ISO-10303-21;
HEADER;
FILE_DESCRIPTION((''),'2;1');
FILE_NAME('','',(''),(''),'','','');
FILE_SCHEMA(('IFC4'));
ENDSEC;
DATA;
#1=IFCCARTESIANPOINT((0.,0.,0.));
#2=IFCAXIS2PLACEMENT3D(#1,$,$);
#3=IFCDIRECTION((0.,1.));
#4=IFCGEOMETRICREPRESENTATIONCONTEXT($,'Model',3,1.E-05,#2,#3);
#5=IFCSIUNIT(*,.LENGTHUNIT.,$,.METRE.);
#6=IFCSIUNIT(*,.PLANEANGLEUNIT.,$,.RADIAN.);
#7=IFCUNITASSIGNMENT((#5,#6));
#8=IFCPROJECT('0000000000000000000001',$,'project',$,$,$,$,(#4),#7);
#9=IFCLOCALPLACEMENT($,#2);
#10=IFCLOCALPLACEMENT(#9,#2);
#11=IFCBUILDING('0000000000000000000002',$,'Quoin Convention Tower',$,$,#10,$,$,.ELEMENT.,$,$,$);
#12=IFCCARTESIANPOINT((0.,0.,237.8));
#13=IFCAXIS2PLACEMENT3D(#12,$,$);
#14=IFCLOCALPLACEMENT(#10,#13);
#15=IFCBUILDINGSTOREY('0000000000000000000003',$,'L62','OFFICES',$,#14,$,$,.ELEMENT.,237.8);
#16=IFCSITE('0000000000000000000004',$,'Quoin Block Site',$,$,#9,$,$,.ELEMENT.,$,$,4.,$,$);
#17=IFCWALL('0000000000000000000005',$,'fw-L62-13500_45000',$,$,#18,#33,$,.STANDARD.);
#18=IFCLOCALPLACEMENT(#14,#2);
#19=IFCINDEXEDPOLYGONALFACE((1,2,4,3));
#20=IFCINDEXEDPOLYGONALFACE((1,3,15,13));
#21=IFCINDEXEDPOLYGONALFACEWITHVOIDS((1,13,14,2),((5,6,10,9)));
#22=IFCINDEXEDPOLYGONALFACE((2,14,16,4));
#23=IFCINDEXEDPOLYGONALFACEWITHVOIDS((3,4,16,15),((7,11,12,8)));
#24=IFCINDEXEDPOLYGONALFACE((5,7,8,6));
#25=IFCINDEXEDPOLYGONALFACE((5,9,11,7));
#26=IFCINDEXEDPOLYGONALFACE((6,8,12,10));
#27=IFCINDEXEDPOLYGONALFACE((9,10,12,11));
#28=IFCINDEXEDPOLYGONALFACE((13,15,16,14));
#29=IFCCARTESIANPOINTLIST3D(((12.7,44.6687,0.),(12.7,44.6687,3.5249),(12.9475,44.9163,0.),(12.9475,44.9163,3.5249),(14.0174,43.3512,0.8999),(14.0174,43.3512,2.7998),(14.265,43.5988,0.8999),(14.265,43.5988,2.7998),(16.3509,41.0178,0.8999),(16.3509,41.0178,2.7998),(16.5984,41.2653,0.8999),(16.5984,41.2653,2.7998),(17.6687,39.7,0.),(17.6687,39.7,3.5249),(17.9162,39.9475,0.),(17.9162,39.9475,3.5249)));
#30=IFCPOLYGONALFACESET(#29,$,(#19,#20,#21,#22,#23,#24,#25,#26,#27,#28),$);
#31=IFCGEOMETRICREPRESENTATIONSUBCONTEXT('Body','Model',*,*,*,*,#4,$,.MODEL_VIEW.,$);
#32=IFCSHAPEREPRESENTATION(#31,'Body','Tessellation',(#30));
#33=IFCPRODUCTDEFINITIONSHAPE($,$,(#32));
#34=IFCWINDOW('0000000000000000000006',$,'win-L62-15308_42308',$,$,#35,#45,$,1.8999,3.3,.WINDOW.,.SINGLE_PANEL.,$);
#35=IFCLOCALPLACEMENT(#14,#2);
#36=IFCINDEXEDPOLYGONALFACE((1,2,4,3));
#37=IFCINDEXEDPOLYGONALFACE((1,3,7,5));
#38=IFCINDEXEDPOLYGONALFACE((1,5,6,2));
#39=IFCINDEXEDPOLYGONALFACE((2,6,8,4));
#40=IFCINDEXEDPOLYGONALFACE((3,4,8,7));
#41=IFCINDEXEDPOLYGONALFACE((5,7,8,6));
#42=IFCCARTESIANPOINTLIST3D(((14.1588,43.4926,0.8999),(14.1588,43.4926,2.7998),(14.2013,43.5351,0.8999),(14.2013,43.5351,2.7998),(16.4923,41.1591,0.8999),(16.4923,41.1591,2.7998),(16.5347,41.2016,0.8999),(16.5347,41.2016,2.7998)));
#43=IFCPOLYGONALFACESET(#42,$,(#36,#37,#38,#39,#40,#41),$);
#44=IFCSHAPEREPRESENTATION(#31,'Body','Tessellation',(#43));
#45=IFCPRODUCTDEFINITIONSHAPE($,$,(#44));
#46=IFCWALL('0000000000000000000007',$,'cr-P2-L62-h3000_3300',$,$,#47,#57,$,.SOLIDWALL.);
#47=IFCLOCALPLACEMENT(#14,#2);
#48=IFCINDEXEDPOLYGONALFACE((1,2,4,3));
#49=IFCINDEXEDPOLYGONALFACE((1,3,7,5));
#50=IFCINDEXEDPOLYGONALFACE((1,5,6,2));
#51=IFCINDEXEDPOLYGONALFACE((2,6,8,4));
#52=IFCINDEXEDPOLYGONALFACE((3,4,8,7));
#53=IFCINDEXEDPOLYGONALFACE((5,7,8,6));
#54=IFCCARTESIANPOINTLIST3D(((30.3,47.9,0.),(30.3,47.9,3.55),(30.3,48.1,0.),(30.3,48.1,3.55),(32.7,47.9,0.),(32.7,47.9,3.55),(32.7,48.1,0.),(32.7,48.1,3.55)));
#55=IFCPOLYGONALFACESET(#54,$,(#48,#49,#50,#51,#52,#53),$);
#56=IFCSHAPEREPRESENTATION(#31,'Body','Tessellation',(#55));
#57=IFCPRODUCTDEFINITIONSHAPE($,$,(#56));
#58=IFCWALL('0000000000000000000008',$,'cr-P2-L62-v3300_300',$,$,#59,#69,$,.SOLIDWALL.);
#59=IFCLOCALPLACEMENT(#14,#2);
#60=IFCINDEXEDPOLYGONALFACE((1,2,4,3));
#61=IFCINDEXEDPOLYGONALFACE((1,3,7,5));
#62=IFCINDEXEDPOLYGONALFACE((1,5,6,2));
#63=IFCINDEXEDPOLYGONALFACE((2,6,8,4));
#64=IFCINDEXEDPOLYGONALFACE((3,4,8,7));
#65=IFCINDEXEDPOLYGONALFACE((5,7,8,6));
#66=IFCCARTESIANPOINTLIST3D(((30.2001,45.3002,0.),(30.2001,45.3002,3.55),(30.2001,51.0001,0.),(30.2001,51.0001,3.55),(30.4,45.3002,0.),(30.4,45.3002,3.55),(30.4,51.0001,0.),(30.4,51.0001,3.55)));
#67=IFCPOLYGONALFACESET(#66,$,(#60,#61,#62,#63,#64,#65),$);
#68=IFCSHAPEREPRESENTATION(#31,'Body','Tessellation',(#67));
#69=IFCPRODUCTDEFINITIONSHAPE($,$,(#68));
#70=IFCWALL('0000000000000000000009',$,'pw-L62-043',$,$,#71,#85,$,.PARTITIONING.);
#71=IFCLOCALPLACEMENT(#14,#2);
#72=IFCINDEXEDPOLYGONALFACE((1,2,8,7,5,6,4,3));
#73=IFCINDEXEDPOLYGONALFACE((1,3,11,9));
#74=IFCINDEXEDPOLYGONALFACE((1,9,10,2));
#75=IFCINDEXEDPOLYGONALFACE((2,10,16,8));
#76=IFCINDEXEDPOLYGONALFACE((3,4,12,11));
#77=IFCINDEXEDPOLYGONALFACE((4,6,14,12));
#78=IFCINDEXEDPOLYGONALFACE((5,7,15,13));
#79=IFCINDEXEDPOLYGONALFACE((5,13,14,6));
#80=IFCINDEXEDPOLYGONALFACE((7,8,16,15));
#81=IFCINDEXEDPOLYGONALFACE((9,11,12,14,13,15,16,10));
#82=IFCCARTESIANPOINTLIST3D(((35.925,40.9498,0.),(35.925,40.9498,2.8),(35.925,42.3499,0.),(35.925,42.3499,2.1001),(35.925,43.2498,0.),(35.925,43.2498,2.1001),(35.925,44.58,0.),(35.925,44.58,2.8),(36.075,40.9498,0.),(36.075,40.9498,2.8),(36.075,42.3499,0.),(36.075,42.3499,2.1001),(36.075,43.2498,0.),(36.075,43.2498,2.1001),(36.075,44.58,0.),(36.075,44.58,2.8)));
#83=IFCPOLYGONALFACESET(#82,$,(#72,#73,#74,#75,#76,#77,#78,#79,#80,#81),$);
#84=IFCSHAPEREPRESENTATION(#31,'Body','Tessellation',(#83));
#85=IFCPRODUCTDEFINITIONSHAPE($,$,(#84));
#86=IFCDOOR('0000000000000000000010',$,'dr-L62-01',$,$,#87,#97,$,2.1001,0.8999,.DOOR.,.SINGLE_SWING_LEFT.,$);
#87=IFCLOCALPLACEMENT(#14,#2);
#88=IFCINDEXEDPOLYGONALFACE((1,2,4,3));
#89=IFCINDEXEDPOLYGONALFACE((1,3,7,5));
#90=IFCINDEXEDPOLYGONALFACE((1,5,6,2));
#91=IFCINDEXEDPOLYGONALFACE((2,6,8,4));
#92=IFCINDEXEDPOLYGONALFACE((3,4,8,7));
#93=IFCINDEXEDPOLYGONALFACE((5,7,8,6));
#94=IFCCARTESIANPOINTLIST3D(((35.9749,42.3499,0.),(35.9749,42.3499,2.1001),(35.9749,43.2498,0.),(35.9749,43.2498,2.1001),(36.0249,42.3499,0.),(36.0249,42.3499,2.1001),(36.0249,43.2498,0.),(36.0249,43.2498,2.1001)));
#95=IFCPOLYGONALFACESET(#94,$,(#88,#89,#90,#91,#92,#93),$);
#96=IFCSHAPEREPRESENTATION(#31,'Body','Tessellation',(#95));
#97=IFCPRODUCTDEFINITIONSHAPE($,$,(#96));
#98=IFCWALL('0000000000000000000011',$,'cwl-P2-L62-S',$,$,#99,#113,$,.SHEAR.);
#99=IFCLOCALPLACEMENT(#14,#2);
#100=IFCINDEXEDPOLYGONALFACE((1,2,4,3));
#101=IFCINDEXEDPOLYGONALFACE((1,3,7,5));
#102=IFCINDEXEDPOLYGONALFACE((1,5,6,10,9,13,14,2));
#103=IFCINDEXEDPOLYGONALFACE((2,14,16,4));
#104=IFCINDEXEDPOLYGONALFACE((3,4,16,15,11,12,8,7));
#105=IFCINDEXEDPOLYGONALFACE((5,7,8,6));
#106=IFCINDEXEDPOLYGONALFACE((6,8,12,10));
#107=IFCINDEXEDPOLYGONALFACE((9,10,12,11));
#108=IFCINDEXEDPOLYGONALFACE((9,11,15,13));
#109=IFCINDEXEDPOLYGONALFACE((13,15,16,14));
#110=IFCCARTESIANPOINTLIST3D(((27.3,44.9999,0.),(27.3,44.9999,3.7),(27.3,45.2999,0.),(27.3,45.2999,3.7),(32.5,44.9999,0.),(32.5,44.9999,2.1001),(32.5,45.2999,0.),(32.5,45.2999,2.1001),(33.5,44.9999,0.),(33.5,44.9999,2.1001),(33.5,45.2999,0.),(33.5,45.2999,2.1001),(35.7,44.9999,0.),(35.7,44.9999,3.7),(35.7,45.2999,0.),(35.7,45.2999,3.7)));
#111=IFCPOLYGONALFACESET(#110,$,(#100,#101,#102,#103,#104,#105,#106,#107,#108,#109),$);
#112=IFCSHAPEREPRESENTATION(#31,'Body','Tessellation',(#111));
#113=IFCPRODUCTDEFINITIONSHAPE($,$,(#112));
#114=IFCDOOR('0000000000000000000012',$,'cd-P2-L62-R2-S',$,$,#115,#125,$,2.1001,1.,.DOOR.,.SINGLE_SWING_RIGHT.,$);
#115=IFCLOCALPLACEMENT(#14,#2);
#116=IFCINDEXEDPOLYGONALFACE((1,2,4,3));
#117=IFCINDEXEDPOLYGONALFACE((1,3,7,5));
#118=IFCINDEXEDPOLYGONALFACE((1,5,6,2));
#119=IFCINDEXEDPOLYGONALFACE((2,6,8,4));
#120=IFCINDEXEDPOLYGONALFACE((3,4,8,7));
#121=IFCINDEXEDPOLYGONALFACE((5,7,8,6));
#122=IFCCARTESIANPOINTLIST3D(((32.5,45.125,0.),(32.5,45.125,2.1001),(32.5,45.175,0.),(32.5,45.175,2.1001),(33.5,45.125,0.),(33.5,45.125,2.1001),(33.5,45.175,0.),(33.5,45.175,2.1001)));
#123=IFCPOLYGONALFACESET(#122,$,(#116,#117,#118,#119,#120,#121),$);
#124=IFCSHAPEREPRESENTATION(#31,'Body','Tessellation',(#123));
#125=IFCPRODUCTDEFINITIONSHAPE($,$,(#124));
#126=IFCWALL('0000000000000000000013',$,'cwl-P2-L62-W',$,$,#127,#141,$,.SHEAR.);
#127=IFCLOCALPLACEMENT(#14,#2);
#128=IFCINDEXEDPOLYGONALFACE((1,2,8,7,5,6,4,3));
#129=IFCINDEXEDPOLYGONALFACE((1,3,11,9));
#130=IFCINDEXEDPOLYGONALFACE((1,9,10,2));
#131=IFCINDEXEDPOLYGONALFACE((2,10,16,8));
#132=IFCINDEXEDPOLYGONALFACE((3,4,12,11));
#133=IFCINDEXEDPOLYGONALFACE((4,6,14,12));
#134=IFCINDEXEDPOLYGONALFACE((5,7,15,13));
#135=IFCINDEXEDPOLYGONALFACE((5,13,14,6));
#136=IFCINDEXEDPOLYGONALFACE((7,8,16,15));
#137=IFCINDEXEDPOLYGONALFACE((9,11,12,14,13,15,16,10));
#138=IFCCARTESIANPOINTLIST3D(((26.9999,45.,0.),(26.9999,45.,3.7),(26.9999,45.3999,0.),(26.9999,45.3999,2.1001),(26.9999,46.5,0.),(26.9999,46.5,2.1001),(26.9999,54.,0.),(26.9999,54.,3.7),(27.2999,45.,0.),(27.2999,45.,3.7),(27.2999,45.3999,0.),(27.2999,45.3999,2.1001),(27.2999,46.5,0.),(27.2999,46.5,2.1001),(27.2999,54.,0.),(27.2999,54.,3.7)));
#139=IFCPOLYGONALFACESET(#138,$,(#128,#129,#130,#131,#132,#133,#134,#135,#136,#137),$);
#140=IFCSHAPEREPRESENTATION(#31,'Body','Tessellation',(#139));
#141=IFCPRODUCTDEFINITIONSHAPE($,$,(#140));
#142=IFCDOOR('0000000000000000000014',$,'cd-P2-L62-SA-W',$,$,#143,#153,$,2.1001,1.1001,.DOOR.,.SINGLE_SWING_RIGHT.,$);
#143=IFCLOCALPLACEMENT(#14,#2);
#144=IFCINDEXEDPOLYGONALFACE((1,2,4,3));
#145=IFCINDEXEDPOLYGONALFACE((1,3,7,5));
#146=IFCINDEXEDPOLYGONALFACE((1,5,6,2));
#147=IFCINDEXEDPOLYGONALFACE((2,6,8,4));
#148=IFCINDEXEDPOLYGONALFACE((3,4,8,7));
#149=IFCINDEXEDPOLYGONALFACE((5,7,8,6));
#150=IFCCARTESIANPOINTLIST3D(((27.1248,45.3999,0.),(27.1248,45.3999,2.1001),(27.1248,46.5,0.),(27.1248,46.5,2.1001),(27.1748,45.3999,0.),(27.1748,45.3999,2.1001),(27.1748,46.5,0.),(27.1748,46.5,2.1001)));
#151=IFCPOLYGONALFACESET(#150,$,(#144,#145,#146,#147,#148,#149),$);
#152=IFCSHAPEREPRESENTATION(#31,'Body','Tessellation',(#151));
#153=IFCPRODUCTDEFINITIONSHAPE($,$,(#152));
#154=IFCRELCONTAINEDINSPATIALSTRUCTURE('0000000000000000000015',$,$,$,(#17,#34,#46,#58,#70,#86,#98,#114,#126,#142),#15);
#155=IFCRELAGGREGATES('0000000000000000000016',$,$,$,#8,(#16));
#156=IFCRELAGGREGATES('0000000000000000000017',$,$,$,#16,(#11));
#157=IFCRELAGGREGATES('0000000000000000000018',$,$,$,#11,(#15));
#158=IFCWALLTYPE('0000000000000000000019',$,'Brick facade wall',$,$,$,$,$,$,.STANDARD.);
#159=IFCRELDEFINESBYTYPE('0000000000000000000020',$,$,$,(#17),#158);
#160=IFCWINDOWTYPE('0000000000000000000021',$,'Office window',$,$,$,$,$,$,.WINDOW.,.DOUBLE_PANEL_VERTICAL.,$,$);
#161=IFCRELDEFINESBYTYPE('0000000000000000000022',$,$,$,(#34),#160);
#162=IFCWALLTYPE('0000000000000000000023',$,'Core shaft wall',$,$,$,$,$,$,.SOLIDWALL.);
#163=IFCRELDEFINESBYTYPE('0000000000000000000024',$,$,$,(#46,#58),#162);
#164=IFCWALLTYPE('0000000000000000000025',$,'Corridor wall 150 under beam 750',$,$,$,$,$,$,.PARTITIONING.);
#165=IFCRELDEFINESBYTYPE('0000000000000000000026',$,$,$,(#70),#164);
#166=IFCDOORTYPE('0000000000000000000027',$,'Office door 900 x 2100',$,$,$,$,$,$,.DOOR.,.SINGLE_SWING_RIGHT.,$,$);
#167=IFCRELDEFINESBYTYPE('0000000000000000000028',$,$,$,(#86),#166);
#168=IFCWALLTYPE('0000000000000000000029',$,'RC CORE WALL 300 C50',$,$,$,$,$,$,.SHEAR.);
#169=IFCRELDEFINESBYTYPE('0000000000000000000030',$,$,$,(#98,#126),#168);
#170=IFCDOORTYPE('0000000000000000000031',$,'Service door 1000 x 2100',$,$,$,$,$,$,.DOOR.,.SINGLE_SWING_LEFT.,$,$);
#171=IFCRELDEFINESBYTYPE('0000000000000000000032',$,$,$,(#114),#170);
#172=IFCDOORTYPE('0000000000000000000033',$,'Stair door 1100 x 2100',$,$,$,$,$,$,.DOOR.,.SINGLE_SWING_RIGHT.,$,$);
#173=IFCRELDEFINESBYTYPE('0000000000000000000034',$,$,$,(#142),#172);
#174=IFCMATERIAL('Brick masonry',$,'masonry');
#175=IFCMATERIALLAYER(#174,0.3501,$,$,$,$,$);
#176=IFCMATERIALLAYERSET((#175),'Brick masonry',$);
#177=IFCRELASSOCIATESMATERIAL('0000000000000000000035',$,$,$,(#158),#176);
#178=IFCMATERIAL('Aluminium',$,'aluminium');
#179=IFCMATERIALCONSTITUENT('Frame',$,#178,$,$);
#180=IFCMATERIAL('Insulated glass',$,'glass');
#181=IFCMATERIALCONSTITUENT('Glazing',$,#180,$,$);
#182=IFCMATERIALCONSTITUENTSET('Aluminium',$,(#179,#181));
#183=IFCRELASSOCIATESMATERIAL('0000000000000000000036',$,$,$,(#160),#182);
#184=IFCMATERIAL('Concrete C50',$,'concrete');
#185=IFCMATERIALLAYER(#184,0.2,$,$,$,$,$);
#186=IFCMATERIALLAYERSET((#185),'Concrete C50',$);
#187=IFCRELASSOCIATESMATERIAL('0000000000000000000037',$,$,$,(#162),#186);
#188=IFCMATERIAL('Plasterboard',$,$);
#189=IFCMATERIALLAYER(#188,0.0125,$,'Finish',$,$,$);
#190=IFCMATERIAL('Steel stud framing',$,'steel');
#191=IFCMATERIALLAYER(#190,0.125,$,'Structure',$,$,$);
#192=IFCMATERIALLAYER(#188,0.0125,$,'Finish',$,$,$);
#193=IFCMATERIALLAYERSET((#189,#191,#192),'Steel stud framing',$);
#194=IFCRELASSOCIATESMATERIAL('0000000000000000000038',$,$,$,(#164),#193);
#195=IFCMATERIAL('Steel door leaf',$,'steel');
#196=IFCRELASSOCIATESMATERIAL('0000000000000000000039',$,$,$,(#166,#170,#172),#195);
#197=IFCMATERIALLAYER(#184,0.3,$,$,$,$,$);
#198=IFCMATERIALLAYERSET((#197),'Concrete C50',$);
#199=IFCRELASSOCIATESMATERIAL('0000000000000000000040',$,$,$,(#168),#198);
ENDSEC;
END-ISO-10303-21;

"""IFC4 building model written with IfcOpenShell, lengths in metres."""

from ifc_helpers import new_model, si_unit, direction, frame, frame_2d, origin, place, context, subcontext, project, spatial, rectangle, extrude, material, layer, layer_set, constituent, constituent_set, type_object, element, fill, save


model = new_model("IFC4")

# Units and contexts
model_context = context("Model", 3, precision=1e-05, world=origin(), true_north=direction((0.0, 1.0)))
body_context = subcontext(model_context, "Body", "Model", "MODEL_VIEW")
ifc_project = project(units=[si_unit("LENGTHUNIT", "METRE"), si_unit("PLANEANGLEUNIT", "RADIAN")], contexts=[model_context])

# Site, building, storey
site_placement = place(None, origin())
site = spatial("IfcSite", under=ifc_project, at=site_placement, Name="Quoin Block Site", CompositionType="ELEMENT", RefElevation=4.0)
building_placement = place(site_placement, origin())
building = spatial("IfcBuilding", under=site, at=building_placement, Name="Quoin Convention Tower", CompositionType="ELEMENT")
storey_placement = place(building_placement, frame((0.0, 0.0, 237.8)))
storey = spatial("IfcBuildingStorey", under=building, at=storey_placement, Name="L62", Description="OFFICES", CompositionType="ELEMENT", Elevation=237.8)

# Shared definitions
ifc_material_1 = material(Name="Concrete C50", Category="concrete")

# Wall, opening, window
ifc_material_2 = material(Name="Brick masonry", Category="masonry")
ifc_layer_1 = layer(ifc_material_2, 0.3501)
ifc_layer_set_1 = layer_set([ifc_layer_1], Name="Brick masonry")
wall_type_1 = type_object("IfcWallType", Name="Brick facade wall", PredefinedType="STANDARD", material=ifc_layer_set_1)
wall_1_placement = place(storey_placement, frame((12.8237, 44.7925, 0.0), z_axis=(0.0, 0.0, 1.0), x_axis=(0.707107, -0.707107, 0.0)))
wall_1 = element("IfcWall", 1, at=wall_1_placement, inside=storey, type_object=wall_type_1, Name="fw-L62-13500_45000", PredefinedType="STANDARD", context=body_context, shape_type="SweptSolid", body=[
    extrude(rectangle(XDim=7.0269, YDim=0.3501, at=frame_2d((3.5134, 0.0))), origin(), (0.0, 0.0, 1.0), 3.5249),
])
opening_1_placement = place(wall_1_placement, frame((1.8633, 0.0, 0.8999)))
opening_1 = element("IfcOpeningElement", 2, at=opening_1_placement, cuts=wall_1, PredefinedType="OPENING", context=body_context, shape_type="SweptSolid", body=[
    extrude(rectangle(XDim=3.3, YDim=1.8999, at=frame_2d((1.6499, 0.95))), frame((0.0, 0.1851, 0.0), z_axis=(0.0, -1.0, 0.0), x_axis=(1.0, 0.0, 0.0)), (0.0, 0.0, 1.0), 0.3701),
])
ifc_material_3 = material(Name="Aluminium", Category="aluminium")
ifc_constituent_1 = constituent(ifc_material_3, Name="Frame")
ifc_material_4 = material(Name="Insulated glass", Category="glass")
ifc_constituent_2 = constituent(ifc_material_4, Name="Glazing")
ifc_constituent_set = constituent_set(constituents=[ifc_constituent_1, ifc_constituent_2], Name="Aluminium")
window_type = type_object("IfcWindowType", Name="Office window", PartitioningType="DOUBLE_PANEL_VERTICAL", PredefinedType="WINDOW", material=ifc_constituent_set)
window_placement = place(opening_1_placement, origin())
window = element("IfcWindow", 3, at=window_placement, inside=storey, type_object=window_type, Name="win-L62-15308_42308", OverallHeight=1.8999, OverallWidth=3.3, PartitioningType="SINGLE_PANEL", PredefinedType="WINDOW", context=body_context, shape_type="SweptSolid", body=[
    extrude(rectangle(XDim=3.3, YDim=1.8999, at=frame_2d((1.6499, 0.95))), frame((0.0, 0.085, 0.0), z_axis=(0.0, -1.0, 0.0), x_axis=(1.0, 0.0, 0.0)), (0.0, 0.0, 1.0), 0.0601),
])
fill(opening_1, window)

# Walls
ifc_layer_2 = layer(ifc_material_1, 0.2)
ifc_layer_set_2 = layer_set([ifc_layer_2], Name="Concrete C50")
wall_type_2 = type_object("IfcWallType", Name="Core shaft wall", PredefinedType="SOLIDWALL", material=ifc_layer_set_2)
wall_2_placement = place(storey_placement, frame((30.3, 48.0, 0.0), z_axis=(0.0, 0.0, 1.0), x_axis=(1.0, 0.0, 0.0)))
element("IfcWall", 4, at=wall_2_placement, inside=storey, type_object=wall_type_2, Name="cr-P2-L62-h3000_3300", PredefinedType="SOLIDWALL", context=body_context, shape_type="SweptSolid", body=[
    extrude(rectangle(XDim=2.3999, YDim=0.2, at=frame_2d((1.2, 0.0))), origin(), (0.0, 0.0, 1.0), 3.55),
])
wall_3_placement = place(storey_placement, frame((30.3, 45.3, 0.0), z_axis=(0.0, 0.0, 1.0), x_axis=(0.0, 1.0, 0.0)))
element("IfcWall", 5, at=wall_3_placement, inside=storey, type_object=wall_type_2, Name="cr-P2-L62-v3300_300", PredefinedType="SOLIDWALL", context=body_context, shape_type="SweptSolid", body=[
    extrude(rectangle(XDim=5.7, YDim=0.2, at=frame_2d((2.8501, 0.0))), origin(), (0.0, 0.0, 1.0), 3.55),
])

# Walls, openings, doors
ifc_material_5 = material(Name="Plasterboard")
ifc_layer_3 = layer(ifc_material_5, 0.0125, Name="Finish")
ifc_material_6 = material(Name="Steel stud framing", Category="steel")
ifc_layer_4 = layer(ifc_material_6, 0.125, Name="Structure")
ifc_layer_5 = layer(ifc_material_5, 0.0125, Name="Finish")
ifc_layer_set_3 = layer_set([ifc_layer_3, ifc_layer_4, ifc_layer_5], Name="Steel stud framing")
wall_type_3 = type_object("IfcWallType", Name="Corridor wall 150 under beam 750", PredefinedType="PARTITIONING", material=ifc_layer_set_3)
wall_4_placement = place(storey_placement, frame((36.0, 40.95, 0.0), z_axis=(0.0, 0.0, 1.0), x_axis=(0.0, 1.0, 0.0)))
wall_4 = element("IfcWall", 6, at=wall_4_placement, inside=storey, type_object=wall_type_3, Name="pw-L62-043", PredefinedType="PARTITIONING", context=body_context, shape_type="SweptSolid", body=[
    extrude(rectangle(XDim=3.6301, YDim=0.1499, at=frame_2d((1.8149, 0.0))), origin(), (0.0, 0.0, 1.0), 2.8),
])
opening_2_placement = place(wall_4_placement, frame((1.3999, 0.0, 0.0)))
opening_2 = element("IfcOpeningElement", 7, at=opening_2_placement, cuts=wall_4, PredefinedType="OPENING", context=body_context, shape_type="SweptSolid", body=[
    extrude(rectangle(XDim=0.8999, YDim=2.1001, at=frame_2d((0.45, 1.05))), frame((0.0, 0.085, 0.0), z_axis=(0.0, -1.0, 0.0), x_axis=(1.0, 0.0, 0.0)), (0.0, 0.0, 1.0), 0.1699),
])
ifc_material_7 = material(Name="Steel door leaf", Category="steel")
door_type_1 = type_object("IfcDoorType", Name="Office door 900 x 2100", OperationType="SINGLE_SWING_RIGHT", PredefinedType="DOOR", material=ifc_material_7)
door_1_placement = place(opening_2_placement, frame((0.8999, 0.0, 0.0), z_axis=(0.0, 0.0, 1.0), x_axis=(-1.0, 0.0, 0.0)))
door_1 = element("IfcDoor", 8, at=door_1_placement, inside=storey, type_object=door_type_1, Name="dr-L62-01", OperationType="SINGLE_SWING_LEFT", OverallHeight=2.1001, OverallWidth=0.8999, PredefinedType="DOOR", context=body_context, shape_type="SweptSolid", body=[
    extrude(rectangle(XDim=0.8999, YDim=2.1001, at=frame_2d((0.45, 1.05))), frame((0.0, 0.0249, 0.0), z_axis=(0.0, -1.0, 0.0), x_axis=(1.0, 0.0, 0.0)), (0.0, 0.0, 1.0), 0.05),
])
fill(opening_2, door_1)
ifc_layer_6 = layer(ifc_material_1, 0.3)
ifc_layer_set_4 = layer_set([ifc_layer_6], Name="Concrete C50")
wall_type_4 = type_object("IfcWallType", Name="RC CORE WALL 300 C50", PredefinedType="SHEAR", material=ifc_layer_set_4)
wall_5_placement = place(storey_placement, frame((27.3, 45.1499, 0.0), z_axis=(0.0, 0.0, 1.0), x_axis=(1.0, 0.0, 0.0)))
wall_5 = element("IfcWall", 9, at=wall_5_placement, inside=storey, type_object=wall_type_4, Name="cwl-P2-L62-S", PredefinedType="SHEAR", context=body_context, shape_type="SweptSolid", body=[
    extrude(rectangle(XDim=8.3999, YDim=0.3, at=frame_2d((4.2, 0.0))), origin(), (0.0, 0.0, 1.0), 3.7),
])
opening_3_placement = place(wall_5_placement, frame((5.2, 0.0, 0.0)))
opening_3 = element("IfcOpeningElement", 10, at=opening_3_placement, cuts=wall_5, PredefinedType="OPENING", context=body_context, shape_type="SweptSolid", body=[
    extrude(rectangle(XDim=1.0, YDim=2.1001, at=frame_2d((0.5, 1.05))), frame((0.0, 0.1599, 0.0), z_axis=(0.0, -1.0, 0.0), x_axis=(1.0, 0.0, 0.0)), (0.0, 0.0, 1.0), 0.3201),
])
door_type_2 = type_object("IfcDoorType", Name="Service door 1000 x 2100", OperationType="SINGLE_SWING_LEFT", PredefinedType="DOOR", material=ifc_material_7)
door_2_placement = place(opening_3_placement, frame((1.0, 0.0, 0.0), z_axis=(0.0, 0.0, 1.0), x_axis=(-1.0, 0.0, 0.0)))
door_2 = element("IfcDoor", 11, at=door_2_placement, inside=storey, type_object=door_type_2, Name="cd-P2-L62-R2-S", OperationType="SINGLE_SWING_RIGHT", OverallHeight=2.1001, OverallWidth=1.0, PredefinedType="DOOR", context=body_context, shape_type="SweptSolid", body=[
    extrude(rectangle(XDim=1.0, YDim=2.1001, at=frame_2d((0.5, 1.05))), frame((0.0, 0.0249, 0.0), z_axis=(0.0, -1.0, 0.0), x_axis=(1.0, 0.0, 0.0)), (0.0, 0.0, 1.0), 0.05),
])
fill(opening_3, door_2)
wall_6_placement = place(storey_placement, frame((27.1499, 45.0, 0.0), z_axis=(0.0, 0.0, 1.0), x_axis=(0.0, 1.0, 0.0)))
wall_6 = element("IfcWall", 12, at=wall_6_placement, inside=storey, type_object=wall_type_4, Name="cwl-P2-L62-W", PredefinedType="SHEAR", context=body_context, shape_type="SweptSolid", body=[
    extrude(rectangle(XDim=9.0, YDim=0.3, at=frame_2d((4.5, 0.0))), origin(), (0.0, 0.0, 1.0), 3.7),
])
opening_4_placement = place(wall_6_placement, frame((0.3999, 0.0, 0.0)))
opening_4 = element("IfcOpeningElement", 13, at=opening_4_placement, cuts=wall_6, PredefinedType="OPENING", context=body_context, shape_type="SweptSolid", body=[
    extrude(rectangle(XDim=1.1001, YDim=2.1001, at=frame_2d((0.55, 1.05))), frame((0.0, 0.1599, 0.0), z_axis=(0.0, -1.0, 0.0), x_axis=(1.0, 0.0, 0.0)), (0.0, 0.0, 1.0), 0.3201),
])
door_type_3 = type_object("IfcDoorType", Name="Stair door 1100 x 2100", OperationType="SINGLE_SWING_RIGHT", PredefinedType="DOOR", material=ifc_material_7)
door_3_placement = place(opening_4_placement, frame((1.1001, 0.0, 0.0), z_axis=(0.0, 0.0, 1.0), x_axis=(-1.0, 0.0, 0.0)))
door_3 = element("IfcDoor", 14, at=door_3_placement, inside=storey, type_object=door_type_3, Name="cd-P2-L62-SA-W", OperationType="SINGLE_SWING_RIGHT", OverallHeight=2.1001, OverallWidth=1.1001, PredefinedType="DOOR", context=body_context, shape_type="SweptSolid", body=[
    extrude(rectangle(XDim=1.1001, YDim=2.1001, at=frame_2d((0.55, 1.05))), frame((0.0, 0.0249, 0.0), z_axis=(0.0, -1.0, 0.0), x_axis=(1.0, 0.0, 0.0)), (0.0, 0.0, 1.0), 0.05),
])
fill(opening_4, door_3)

save(model, "model.ifc")
